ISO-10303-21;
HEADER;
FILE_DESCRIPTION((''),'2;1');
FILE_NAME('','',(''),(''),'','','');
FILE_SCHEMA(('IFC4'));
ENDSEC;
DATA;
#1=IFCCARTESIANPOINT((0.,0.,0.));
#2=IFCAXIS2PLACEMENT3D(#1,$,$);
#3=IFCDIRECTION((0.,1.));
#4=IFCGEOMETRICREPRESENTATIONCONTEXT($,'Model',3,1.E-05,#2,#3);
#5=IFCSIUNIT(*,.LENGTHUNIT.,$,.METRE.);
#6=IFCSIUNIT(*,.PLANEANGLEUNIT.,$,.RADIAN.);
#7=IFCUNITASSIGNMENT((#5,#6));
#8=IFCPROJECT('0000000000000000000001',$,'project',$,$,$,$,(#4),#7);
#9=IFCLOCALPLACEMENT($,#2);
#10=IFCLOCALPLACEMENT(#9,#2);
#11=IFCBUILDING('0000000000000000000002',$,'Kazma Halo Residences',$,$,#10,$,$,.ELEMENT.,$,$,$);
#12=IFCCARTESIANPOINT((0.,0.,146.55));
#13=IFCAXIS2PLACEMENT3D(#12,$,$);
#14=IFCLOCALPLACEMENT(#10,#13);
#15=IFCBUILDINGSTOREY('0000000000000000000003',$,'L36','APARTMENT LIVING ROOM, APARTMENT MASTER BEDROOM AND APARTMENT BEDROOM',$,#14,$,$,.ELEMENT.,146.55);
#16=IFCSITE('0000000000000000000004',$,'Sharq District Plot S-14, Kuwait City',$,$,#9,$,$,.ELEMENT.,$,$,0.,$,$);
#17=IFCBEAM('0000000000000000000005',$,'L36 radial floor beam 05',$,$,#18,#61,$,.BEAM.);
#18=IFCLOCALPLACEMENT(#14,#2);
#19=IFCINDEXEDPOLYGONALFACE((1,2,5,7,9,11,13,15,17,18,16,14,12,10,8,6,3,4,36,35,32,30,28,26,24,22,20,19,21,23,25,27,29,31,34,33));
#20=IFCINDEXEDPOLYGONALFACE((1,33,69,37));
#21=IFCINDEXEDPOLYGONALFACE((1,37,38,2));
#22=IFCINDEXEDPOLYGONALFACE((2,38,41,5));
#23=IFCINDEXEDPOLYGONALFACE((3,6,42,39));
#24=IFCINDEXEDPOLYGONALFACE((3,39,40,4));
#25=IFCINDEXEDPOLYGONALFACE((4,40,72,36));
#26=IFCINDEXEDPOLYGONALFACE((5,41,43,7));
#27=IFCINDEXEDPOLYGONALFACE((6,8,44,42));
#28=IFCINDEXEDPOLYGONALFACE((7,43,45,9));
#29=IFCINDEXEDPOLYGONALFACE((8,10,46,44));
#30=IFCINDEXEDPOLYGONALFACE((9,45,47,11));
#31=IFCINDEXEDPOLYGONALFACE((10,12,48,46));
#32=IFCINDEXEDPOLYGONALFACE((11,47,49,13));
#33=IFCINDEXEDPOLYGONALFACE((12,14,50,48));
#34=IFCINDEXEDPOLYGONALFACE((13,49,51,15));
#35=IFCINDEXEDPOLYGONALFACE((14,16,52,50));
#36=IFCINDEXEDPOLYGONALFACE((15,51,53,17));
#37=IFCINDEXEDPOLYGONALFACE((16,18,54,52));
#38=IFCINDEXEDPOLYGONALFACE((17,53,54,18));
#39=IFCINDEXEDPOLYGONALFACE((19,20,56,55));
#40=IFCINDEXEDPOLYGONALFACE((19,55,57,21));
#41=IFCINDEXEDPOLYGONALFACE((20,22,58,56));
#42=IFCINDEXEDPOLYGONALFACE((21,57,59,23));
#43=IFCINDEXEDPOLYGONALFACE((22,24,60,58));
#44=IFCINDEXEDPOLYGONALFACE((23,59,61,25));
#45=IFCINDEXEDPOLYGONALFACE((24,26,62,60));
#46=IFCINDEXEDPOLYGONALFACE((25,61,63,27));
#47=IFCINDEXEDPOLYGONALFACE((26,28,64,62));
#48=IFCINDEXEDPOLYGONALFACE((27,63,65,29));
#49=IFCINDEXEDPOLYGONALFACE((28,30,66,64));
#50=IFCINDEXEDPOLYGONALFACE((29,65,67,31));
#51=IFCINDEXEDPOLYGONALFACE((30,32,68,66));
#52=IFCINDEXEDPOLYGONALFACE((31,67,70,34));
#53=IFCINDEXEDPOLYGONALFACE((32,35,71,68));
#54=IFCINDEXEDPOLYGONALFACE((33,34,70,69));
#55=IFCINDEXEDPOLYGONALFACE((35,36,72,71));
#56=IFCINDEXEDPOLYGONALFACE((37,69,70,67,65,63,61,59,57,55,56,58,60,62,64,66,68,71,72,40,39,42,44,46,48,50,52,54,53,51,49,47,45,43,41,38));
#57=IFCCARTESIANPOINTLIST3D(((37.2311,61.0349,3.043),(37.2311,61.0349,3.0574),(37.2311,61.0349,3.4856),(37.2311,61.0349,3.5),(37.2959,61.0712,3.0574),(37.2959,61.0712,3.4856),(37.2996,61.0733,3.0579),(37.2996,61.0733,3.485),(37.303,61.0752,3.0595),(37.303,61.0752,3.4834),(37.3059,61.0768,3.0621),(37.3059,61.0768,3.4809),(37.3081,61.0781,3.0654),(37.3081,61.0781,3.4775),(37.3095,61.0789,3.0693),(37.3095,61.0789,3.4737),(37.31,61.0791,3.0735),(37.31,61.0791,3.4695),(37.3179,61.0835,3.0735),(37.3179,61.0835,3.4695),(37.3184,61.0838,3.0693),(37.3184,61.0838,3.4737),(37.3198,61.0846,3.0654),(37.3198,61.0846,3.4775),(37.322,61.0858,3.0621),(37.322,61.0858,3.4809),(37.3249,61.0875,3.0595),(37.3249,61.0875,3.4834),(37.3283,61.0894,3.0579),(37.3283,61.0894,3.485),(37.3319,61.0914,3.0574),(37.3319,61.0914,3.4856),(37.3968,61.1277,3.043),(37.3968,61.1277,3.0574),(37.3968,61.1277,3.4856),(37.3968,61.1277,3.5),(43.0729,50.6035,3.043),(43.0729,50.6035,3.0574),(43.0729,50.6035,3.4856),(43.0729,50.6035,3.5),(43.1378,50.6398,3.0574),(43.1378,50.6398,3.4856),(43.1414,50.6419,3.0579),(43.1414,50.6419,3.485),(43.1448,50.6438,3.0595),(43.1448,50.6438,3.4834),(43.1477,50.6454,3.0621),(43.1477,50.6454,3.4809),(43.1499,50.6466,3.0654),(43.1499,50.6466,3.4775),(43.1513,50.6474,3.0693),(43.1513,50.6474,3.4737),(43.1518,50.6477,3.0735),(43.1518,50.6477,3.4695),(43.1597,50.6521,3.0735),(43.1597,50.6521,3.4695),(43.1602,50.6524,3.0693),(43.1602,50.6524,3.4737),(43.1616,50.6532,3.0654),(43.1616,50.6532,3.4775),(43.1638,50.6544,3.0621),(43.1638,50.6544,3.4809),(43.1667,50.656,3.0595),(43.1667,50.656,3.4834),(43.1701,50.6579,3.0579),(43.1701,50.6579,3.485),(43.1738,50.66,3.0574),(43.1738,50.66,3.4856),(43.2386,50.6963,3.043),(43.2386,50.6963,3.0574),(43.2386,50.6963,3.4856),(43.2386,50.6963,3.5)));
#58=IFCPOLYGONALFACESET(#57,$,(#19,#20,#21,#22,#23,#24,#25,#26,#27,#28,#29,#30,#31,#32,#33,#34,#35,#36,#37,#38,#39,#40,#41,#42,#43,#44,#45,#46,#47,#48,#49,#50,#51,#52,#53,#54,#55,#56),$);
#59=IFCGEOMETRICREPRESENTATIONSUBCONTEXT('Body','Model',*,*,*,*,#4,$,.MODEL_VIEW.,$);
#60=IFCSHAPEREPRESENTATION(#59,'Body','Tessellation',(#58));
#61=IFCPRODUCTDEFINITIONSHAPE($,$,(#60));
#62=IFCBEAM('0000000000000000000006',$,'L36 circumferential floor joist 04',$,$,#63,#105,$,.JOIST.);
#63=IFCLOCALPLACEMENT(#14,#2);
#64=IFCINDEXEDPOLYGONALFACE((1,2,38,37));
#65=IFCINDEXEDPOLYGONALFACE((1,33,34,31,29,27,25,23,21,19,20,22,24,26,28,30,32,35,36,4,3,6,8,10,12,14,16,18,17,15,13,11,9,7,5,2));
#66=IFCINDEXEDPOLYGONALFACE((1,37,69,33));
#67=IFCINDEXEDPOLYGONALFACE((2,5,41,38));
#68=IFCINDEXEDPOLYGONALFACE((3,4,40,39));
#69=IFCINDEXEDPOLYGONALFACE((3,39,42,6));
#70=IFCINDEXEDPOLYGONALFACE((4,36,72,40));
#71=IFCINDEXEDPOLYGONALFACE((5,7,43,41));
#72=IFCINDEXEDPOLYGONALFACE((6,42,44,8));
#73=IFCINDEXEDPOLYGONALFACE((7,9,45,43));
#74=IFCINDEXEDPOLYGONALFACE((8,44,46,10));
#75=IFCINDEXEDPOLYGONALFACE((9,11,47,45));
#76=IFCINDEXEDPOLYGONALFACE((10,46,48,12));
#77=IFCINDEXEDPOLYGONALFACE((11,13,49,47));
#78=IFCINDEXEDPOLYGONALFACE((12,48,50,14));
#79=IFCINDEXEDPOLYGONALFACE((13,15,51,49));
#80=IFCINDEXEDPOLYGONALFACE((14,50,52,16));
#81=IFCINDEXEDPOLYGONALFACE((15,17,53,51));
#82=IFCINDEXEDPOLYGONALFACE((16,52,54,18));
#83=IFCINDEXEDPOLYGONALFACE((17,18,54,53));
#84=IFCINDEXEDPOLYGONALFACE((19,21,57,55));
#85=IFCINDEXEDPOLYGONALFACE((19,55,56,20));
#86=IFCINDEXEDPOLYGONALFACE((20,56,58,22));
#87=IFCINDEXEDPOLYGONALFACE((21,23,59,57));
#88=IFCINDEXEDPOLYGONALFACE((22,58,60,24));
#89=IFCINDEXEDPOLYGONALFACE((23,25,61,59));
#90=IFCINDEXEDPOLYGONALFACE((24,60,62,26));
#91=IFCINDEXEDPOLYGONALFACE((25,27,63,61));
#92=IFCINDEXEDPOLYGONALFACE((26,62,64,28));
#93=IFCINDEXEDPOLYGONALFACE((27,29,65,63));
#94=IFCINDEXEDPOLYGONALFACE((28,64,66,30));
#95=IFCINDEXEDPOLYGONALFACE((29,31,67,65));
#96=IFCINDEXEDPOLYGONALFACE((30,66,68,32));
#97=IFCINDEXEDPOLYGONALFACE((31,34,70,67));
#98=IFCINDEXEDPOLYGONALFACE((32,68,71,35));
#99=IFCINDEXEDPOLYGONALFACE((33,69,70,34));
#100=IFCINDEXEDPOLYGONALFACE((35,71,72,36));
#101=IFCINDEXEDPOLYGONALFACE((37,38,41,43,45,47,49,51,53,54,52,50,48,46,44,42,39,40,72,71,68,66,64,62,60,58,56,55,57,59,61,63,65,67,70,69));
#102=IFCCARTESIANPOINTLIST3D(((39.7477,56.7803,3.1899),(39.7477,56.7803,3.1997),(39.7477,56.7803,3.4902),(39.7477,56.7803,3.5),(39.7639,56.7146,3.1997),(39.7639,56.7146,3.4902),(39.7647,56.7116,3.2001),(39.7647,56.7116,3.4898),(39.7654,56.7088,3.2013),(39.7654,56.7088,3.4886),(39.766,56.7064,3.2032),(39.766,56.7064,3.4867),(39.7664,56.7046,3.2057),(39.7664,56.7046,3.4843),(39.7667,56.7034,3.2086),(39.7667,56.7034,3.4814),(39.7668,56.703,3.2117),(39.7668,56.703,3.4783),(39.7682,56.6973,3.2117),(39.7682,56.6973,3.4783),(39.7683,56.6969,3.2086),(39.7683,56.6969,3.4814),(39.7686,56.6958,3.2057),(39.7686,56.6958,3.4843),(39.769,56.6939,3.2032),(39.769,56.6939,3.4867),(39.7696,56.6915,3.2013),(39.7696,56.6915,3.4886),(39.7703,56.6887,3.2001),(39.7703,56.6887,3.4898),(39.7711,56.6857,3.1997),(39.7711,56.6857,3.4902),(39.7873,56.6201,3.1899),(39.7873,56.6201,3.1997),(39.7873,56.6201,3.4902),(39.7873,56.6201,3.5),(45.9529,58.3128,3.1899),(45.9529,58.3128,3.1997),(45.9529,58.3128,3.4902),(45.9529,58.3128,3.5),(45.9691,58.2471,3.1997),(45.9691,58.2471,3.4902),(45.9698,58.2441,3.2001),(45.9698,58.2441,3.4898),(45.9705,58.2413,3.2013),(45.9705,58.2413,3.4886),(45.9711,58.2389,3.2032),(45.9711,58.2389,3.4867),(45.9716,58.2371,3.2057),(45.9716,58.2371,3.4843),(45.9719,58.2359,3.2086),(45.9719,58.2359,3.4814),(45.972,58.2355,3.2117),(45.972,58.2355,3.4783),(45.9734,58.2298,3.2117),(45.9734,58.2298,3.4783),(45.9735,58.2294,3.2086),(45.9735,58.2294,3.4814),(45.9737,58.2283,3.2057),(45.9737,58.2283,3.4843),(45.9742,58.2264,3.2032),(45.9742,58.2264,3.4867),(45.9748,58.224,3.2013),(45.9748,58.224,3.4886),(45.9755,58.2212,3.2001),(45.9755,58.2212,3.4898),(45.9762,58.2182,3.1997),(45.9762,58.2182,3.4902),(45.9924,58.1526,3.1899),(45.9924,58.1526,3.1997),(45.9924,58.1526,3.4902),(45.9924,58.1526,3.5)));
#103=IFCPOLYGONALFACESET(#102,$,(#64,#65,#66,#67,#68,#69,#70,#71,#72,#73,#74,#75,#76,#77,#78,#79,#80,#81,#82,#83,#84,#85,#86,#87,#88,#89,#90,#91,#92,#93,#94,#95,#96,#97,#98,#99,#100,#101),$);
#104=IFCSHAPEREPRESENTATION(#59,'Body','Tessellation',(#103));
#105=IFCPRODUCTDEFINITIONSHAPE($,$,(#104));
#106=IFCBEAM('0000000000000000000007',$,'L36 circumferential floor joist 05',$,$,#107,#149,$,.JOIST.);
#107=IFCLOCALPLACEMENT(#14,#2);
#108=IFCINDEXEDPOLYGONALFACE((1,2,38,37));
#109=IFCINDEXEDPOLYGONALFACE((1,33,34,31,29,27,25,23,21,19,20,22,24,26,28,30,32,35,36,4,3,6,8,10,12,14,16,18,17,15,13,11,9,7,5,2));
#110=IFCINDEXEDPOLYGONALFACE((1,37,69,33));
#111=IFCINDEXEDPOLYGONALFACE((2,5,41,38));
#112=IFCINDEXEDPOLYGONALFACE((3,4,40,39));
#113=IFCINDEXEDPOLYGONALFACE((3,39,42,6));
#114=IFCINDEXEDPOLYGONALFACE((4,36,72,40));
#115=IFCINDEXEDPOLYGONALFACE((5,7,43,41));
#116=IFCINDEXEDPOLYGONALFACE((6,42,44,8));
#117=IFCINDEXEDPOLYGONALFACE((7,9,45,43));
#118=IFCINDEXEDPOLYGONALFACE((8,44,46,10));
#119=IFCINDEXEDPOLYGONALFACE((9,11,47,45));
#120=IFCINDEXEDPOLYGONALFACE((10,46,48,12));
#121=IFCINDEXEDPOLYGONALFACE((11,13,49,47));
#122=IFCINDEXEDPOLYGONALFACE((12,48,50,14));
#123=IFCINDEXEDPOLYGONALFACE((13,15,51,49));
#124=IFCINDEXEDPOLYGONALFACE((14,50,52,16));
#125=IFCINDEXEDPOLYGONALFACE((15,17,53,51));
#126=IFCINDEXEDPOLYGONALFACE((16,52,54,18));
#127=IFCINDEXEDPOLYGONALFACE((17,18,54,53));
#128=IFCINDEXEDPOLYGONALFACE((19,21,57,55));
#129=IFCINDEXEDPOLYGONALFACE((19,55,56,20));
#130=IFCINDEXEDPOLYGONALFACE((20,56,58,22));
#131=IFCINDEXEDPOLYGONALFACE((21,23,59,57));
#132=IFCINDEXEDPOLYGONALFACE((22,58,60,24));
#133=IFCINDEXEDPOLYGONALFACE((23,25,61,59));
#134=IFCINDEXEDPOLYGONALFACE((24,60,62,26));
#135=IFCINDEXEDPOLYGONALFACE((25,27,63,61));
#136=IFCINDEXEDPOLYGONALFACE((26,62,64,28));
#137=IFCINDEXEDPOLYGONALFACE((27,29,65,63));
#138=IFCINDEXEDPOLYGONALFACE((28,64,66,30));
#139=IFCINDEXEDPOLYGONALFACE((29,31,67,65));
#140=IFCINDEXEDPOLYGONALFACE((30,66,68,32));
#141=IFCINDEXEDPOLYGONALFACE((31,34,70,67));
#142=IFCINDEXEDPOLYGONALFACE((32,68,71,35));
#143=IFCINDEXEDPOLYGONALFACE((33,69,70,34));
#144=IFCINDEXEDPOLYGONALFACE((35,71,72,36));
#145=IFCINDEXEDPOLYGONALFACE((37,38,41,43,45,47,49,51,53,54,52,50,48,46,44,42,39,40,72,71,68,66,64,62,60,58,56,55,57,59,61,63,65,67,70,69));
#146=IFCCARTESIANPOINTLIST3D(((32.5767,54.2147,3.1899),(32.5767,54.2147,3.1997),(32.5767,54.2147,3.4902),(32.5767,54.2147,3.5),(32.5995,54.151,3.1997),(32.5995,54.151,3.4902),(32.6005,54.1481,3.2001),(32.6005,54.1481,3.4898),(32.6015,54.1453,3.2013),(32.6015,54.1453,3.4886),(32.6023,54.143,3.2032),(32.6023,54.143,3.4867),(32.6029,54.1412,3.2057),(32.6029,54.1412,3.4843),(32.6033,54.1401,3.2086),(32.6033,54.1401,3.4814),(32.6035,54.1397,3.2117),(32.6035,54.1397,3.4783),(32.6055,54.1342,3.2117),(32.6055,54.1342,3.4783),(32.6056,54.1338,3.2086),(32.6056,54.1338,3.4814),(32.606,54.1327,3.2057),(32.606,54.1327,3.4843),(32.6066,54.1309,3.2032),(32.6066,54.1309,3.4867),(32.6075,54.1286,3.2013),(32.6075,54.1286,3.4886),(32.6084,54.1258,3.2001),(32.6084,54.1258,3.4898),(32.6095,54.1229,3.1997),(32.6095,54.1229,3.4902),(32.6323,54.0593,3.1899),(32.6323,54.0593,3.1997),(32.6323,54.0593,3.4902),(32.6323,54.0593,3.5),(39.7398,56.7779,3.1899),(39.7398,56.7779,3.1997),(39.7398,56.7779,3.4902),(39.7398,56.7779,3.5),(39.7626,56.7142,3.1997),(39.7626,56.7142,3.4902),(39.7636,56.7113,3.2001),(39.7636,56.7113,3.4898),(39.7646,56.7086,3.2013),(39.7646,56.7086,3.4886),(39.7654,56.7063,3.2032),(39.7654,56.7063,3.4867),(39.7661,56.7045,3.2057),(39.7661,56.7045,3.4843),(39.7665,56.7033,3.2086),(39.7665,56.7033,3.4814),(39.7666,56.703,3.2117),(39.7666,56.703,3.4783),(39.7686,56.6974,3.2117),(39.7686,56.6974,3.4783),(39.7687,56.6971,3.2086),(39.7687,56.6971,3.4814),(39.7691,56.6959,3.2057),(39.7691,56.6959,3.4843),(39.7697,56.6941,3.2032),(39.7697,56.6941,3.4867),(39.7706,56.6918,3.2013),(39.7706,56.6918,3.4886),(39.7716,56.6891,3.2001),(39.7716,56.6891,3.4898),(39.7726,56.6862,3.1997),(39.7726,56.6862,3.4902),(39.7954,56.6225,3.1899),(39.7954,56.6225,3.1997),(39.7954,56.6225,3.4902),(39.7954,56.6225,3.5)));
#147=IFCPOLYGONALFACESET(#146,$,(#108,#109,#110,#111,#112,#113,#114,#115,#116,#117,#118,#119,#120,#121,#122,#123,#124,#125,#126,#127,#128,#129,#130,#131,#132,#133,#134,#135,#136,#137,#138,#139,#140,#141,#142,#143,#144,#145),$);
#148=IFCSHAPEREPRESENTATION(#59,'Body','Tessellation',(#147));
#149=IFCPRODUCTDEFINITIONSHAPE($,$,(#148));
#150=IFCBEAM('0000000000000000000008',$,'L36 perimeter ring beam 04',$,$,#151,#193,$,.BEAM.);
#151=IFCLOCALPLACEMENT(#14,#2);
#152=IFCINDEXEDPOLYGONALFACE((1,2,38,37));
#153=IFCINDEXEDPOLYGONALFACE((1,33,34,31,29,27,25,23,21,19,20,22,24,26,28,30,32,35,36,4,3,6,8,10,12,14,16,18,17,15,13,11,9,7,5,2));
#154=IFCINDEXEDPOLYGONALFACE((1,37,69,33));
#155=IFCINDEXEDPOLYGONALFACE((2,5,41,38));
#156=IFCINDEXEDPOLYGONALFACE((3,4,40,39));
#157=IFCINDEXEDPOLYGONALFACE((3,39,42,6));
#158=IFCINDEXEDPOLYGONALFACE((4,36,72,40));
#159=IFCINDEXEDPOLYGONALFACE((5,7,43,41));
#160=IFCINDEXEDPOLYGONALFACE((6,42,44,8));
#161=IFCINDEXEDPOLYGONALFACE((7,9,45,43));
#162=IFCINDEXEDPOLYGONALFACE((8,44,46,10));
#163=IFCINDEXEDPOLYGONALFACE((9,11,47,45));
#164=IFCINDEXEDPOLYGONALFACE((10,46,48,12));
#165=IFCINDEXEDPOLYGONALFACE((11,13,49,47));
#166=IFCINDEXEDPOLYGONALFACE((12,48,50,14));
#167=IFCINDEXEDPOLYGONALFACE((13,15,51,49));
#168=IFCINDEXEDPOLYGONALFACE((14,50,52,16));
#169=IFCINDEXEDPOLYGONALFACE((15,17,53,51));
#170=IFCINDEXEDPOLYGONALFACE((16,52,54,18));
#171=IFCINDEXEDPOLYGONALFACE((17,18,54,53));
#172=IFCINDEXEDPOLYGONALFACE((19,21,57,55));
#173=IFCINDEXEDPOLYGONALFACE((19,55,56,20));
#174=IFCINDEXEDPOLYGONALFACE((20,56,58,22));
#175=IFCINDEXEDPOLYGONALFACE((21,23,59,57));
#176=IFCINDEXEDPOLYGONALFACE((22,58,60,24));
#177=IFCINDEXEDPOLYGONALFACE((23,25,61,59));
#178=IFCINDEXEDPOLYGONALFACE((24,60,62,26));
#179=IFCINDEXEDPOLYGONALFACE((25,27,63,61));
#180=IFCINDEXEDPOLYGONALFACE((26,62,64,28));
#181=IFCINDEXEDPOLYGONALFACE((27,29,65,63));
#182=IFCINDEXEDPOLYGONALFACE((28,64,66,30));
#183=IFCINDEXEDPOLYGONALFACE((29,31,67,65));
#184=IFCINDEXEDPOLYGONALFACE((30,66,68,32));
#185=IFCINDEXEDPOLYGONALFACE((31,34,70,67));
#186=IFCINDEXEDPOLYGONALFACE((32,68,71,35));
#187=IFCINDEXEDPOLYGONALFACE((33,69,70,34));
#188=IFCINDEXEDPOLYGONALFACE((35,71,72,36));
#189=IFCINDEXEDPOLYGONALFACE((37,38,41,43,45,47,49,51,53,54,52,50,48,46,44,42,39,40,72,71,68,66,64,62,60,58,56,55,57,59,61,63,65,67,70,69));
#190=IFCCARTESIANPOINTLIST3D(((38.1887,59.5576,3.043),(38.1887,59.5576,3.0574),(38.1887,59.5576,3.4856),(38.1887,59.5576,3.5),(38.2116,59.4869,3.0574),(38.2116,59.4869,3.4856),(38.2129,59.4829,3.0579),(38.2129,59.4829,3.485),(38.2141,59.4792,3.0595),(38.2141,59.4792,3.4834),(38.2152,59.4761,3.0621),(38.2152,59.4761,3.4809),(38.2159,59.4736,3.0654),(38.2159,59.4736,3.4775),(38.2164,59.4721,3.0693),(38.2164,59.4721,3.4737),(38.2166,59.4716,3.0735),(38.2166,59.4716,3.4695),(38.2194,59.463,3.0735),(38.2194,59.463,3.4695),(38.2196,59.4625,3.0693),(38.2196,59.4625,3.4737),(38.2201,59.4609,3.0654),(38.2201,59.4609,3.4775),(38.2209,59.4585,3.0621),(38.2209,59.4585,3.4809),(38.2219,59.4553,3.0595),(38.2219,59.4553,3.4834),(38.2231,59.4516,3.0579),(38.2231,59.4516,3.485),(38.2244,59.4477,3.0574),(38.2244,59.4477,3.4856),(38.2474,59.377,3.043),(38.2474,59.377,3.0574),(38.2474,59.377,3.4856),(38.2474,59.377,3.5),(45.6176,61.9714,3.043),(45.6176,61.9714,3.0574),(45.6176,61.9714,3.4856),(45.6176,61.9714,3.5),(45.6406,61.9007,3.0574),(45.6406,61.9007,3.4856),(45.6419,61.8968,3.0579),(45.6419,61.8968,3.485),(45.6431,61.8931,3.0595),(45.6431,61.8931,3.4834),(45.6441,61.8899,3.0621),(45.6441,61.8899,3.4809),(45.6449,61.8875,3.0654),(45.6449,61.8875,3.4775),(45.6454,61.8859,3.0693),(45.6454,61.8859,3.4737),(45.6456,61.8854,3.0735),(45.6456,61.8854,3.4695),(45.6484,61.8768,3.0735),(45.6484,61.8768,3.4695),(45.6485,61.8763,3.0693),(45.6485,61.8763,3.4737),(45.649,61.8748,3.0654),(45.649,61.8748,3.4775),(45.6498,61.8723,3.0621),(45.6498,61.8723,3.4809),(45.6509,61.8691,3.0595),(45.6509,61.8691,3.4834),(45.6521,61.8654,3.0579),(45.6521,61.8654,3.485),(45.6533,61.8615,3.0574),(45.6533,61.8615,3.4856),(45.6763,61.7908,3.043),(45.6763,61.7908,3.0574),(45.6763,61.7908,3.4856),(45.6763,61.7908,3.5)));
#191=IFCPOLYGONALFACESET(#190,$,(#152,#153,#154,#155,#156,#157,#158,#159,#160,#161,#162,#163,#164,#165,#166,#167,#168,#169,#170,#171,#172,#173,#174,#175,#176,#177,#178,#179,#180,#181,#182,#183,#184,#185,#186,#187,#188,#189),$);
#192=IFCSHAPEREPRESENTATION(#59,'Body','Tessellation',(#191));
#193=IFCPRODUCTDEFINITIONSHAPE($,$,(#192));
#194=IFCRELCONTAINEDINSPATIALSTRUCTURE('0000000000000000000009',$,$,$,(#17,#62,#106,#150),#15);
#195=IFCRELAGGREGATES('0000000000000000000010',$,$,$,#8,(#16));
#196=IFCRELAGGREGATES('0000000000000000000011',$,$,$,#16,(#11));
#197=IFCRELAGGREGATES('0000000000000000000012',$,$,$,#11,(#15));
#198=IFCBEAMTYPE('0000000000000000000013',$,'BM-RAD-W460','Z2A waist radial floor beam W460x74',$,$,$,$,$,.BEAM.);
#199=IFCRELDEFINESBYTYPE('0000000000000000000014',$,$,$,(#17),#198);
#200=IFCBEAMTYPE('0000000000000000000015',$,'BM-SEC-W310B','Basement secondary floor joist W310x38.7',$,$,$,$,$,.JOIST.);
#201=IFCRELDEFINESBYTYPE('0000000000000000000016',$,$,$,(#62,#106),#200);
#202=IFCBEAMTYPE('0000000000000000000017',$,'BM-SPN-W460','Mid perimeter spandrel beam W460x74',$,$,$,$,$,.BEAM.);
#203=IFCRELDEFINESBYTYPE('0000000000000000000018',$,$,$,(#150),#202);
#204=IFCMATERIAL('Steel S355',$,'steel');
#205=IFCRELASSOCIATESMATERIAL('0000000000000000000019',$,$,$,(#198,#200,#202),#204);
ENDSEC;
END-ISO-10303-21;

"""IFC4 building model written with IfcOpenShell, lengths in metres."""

from ifc_helpers import new_model, si_unit, direction, frame, origin, origin_2d, place, context, subcontext, project, spatial, i_section, extrude, material, material_profile, profile_set, type_object, element, save


model = new_model("IFC4")

# Units and contexts
model_context = context("Model", 3, precision=1e-05, world=origin(), true_north=direction((0.0, 1.0)))
body_context = subcontext(model_context, "Body", "Model", "MODEL_VIEW")
ifc_project = project(units=[si_unit("LENGTHUNIT", "METRE"), si_unit("PLANEANGLEUNIT", "RADIAN")], contexts=[model_context])

# Site, building, storey
site_placement = place(None, origin())
site = spatial("IfcSite", under=ifc_project, at=site_placement, Name="Sharq District Plot S-14, Kuwait City", CompositionType="ELEMENT", RefElevation=0.0)
building_placement = place(site_placement, origin())
building = spatial("IfcBuilding", under=site, at=building_placement, Name="Kazma Halo Residences", CompositionType="ELEMENT")
storey_placement = place(building_placement, frame((0.0, 0.0, 146.55)))
storey = spatial("IfcBuildingStorey", under=building, at=storey_placement, Name="L36", Description="APARTMENT LIVING ROOM, APARTMENT MASTER BEDROOM AND APARTMENT BEDROOM", CompositionType="ELEMENT", Elevation=146.55)

# Beams
ifc_material_1 = material(Name="Steel S355", Category="steel")
ifc_material_profile_1 = material_profile(ifc_material_1, i_section(OverallWidth=0.1899, OverallDepth=0.457, WebThickness=0.009, FlangeThickness=0.0144, FilletRadius=0.0161, at=origin_2d()), Name="W460x74")
ifc_profile_set_1 = profile_set([ifc_material_profile_1], Name="Steel S355")
beam_type_1 = type_object("IfcBeamType", Name="BM-RAD-W460", Description="Z2A waist radial floor beam W460x74", PredefinedType="BEAM", material=ifc_profile_set_1)
beam_1_placement = place(storey_placement, frame((43.1558, 50.6499, 3.2715), z_axis=(-0.488617, 0.872498, 0.0), x_axis=(-0.872498, -0.488617, 0.0)))
element("IfcBeam", 1, at=beam_1_placement, inside=storey, type_object=beam_type_1, Name="L36 radial floor beam 05", PredefinedType="BEAM", context=body_context, shape_type="SweptSolid", body=[
    extrude(i_section(OverallWidth=0.1899, OverallDepth=0.457, WebThickness=0.009, FlangeThickness=0.0144, FilletRadius=0.0161, at=origin_2d()), origin(), (0.0, 0.0, 1.0), 11.9558),
])
ifc_material_profile_2 = material_profile(ifc_material_1, i_section(OverallWidth=0.165, OverallDepth=0.3101, WebThickness=0.0059, FlangeThickness=0.0098, FilletRadius=0.012, at=origin_2d()), Name="W310x38.7")
ifc_profile_set_2 = profile_set([ifc_material_profile_2], Name="Steel S355")
beam_type_2 = type_object("IfcBeamType", Name="BM-SEC-W310B", Description="Basement secondary floor joist W310x38.7", PredefinedType="JOIST", material=ifc_profile_set_2)
beam_2_placement = place(storey_placement, frame((45.9727, 58.2327, 3.345), z_axis=(-0.970831, -0.239766, 0.0), x_axis=(0.239766, -0.970831, 0.0)))
element("IfcBeam", 2, at=beam_2_placement, inside=storey, type_object=beam_type_2, Name="L36 circumferential floor joist 04", PredefinedType="JOIST", context=body_context, shape_type="SweptSolid", body=[
    extrude(i_section(OverallWidth=0.165, OverallDepth=0.3101, WebThickness=0.0059, FlangeThickness=0.0098, FilletRadius=0.012, at=origin_2d()), origin(), (0.0, 0.0, 1.0), 6.3916),
])
beam_3_placement = place(storey_placement, frame((39.7676, 56.7002, 3.345), z_axis=(-0.941534, -0.336918, 0.0), x_axis=(0.336918, -0.941534, 0.0)))
element("IfcBeam", 3, at=beam_3_placement, inside=storey, type_object=beam_type_2, Name="L36 circumferential floor joist 05", PredefinedType="JOIST", context=body_context, shape_type="SweptSolid", body=[
    extrude(i_section(OverallWidth=0.165, OverallDepth=0.3101, WebThickness=0.0059, FlangeThickness=0.0098, FilletRadius=0.012, at=origin_2d()), origin(), (0.0, 0.0, 1.0), 7.6079),
])
ifc_material_profile_3 = material_profile(ifc_material_1, i_section(OverallWidth=0.1899, OverallDepth=0.457, WebThickness=0.009, FlangeThickness=0.0144, FilletRadius=0.0161, at=origin_2d()), Name="W460x74")
ifc_profile_set_3 = profile_set([ifc_material_profile_3], Name="Steel S355")
beam_type_3 = type_object("IfcBeamType", Name="BM-SPN-W460", Description="Mid perimeter spandrel beam W460x74", PredefinedType="BEAM", material=ifc_profile_set_3)
beam_4_placement = place(storey_placement, frame((45.647, 61.8811, 3.2715), z_axis=(-0.951056, -0.309018, 0.0), x_axis=(0.309018, -0.951056, 0.0)))
element("IfcBeam", 4, at=beam_4_placement, inside=storey, type_object=beam_type_3, Name="L36 perimeter ring beam 04", PredefinedType="BEAM", context=body_context, shape_type="SweptSolid", body=[
    extrude(i_section(OverallWidth=0.1899, OverallDepth=0.457, WebThickness=0.009, FlangeThickness=0.0144, FilletRadius=0.0161, at=origin_2d()), origin(), (0.0, 0.0, 1.0), 7.8113),
])

save(model, "model.ifc")
